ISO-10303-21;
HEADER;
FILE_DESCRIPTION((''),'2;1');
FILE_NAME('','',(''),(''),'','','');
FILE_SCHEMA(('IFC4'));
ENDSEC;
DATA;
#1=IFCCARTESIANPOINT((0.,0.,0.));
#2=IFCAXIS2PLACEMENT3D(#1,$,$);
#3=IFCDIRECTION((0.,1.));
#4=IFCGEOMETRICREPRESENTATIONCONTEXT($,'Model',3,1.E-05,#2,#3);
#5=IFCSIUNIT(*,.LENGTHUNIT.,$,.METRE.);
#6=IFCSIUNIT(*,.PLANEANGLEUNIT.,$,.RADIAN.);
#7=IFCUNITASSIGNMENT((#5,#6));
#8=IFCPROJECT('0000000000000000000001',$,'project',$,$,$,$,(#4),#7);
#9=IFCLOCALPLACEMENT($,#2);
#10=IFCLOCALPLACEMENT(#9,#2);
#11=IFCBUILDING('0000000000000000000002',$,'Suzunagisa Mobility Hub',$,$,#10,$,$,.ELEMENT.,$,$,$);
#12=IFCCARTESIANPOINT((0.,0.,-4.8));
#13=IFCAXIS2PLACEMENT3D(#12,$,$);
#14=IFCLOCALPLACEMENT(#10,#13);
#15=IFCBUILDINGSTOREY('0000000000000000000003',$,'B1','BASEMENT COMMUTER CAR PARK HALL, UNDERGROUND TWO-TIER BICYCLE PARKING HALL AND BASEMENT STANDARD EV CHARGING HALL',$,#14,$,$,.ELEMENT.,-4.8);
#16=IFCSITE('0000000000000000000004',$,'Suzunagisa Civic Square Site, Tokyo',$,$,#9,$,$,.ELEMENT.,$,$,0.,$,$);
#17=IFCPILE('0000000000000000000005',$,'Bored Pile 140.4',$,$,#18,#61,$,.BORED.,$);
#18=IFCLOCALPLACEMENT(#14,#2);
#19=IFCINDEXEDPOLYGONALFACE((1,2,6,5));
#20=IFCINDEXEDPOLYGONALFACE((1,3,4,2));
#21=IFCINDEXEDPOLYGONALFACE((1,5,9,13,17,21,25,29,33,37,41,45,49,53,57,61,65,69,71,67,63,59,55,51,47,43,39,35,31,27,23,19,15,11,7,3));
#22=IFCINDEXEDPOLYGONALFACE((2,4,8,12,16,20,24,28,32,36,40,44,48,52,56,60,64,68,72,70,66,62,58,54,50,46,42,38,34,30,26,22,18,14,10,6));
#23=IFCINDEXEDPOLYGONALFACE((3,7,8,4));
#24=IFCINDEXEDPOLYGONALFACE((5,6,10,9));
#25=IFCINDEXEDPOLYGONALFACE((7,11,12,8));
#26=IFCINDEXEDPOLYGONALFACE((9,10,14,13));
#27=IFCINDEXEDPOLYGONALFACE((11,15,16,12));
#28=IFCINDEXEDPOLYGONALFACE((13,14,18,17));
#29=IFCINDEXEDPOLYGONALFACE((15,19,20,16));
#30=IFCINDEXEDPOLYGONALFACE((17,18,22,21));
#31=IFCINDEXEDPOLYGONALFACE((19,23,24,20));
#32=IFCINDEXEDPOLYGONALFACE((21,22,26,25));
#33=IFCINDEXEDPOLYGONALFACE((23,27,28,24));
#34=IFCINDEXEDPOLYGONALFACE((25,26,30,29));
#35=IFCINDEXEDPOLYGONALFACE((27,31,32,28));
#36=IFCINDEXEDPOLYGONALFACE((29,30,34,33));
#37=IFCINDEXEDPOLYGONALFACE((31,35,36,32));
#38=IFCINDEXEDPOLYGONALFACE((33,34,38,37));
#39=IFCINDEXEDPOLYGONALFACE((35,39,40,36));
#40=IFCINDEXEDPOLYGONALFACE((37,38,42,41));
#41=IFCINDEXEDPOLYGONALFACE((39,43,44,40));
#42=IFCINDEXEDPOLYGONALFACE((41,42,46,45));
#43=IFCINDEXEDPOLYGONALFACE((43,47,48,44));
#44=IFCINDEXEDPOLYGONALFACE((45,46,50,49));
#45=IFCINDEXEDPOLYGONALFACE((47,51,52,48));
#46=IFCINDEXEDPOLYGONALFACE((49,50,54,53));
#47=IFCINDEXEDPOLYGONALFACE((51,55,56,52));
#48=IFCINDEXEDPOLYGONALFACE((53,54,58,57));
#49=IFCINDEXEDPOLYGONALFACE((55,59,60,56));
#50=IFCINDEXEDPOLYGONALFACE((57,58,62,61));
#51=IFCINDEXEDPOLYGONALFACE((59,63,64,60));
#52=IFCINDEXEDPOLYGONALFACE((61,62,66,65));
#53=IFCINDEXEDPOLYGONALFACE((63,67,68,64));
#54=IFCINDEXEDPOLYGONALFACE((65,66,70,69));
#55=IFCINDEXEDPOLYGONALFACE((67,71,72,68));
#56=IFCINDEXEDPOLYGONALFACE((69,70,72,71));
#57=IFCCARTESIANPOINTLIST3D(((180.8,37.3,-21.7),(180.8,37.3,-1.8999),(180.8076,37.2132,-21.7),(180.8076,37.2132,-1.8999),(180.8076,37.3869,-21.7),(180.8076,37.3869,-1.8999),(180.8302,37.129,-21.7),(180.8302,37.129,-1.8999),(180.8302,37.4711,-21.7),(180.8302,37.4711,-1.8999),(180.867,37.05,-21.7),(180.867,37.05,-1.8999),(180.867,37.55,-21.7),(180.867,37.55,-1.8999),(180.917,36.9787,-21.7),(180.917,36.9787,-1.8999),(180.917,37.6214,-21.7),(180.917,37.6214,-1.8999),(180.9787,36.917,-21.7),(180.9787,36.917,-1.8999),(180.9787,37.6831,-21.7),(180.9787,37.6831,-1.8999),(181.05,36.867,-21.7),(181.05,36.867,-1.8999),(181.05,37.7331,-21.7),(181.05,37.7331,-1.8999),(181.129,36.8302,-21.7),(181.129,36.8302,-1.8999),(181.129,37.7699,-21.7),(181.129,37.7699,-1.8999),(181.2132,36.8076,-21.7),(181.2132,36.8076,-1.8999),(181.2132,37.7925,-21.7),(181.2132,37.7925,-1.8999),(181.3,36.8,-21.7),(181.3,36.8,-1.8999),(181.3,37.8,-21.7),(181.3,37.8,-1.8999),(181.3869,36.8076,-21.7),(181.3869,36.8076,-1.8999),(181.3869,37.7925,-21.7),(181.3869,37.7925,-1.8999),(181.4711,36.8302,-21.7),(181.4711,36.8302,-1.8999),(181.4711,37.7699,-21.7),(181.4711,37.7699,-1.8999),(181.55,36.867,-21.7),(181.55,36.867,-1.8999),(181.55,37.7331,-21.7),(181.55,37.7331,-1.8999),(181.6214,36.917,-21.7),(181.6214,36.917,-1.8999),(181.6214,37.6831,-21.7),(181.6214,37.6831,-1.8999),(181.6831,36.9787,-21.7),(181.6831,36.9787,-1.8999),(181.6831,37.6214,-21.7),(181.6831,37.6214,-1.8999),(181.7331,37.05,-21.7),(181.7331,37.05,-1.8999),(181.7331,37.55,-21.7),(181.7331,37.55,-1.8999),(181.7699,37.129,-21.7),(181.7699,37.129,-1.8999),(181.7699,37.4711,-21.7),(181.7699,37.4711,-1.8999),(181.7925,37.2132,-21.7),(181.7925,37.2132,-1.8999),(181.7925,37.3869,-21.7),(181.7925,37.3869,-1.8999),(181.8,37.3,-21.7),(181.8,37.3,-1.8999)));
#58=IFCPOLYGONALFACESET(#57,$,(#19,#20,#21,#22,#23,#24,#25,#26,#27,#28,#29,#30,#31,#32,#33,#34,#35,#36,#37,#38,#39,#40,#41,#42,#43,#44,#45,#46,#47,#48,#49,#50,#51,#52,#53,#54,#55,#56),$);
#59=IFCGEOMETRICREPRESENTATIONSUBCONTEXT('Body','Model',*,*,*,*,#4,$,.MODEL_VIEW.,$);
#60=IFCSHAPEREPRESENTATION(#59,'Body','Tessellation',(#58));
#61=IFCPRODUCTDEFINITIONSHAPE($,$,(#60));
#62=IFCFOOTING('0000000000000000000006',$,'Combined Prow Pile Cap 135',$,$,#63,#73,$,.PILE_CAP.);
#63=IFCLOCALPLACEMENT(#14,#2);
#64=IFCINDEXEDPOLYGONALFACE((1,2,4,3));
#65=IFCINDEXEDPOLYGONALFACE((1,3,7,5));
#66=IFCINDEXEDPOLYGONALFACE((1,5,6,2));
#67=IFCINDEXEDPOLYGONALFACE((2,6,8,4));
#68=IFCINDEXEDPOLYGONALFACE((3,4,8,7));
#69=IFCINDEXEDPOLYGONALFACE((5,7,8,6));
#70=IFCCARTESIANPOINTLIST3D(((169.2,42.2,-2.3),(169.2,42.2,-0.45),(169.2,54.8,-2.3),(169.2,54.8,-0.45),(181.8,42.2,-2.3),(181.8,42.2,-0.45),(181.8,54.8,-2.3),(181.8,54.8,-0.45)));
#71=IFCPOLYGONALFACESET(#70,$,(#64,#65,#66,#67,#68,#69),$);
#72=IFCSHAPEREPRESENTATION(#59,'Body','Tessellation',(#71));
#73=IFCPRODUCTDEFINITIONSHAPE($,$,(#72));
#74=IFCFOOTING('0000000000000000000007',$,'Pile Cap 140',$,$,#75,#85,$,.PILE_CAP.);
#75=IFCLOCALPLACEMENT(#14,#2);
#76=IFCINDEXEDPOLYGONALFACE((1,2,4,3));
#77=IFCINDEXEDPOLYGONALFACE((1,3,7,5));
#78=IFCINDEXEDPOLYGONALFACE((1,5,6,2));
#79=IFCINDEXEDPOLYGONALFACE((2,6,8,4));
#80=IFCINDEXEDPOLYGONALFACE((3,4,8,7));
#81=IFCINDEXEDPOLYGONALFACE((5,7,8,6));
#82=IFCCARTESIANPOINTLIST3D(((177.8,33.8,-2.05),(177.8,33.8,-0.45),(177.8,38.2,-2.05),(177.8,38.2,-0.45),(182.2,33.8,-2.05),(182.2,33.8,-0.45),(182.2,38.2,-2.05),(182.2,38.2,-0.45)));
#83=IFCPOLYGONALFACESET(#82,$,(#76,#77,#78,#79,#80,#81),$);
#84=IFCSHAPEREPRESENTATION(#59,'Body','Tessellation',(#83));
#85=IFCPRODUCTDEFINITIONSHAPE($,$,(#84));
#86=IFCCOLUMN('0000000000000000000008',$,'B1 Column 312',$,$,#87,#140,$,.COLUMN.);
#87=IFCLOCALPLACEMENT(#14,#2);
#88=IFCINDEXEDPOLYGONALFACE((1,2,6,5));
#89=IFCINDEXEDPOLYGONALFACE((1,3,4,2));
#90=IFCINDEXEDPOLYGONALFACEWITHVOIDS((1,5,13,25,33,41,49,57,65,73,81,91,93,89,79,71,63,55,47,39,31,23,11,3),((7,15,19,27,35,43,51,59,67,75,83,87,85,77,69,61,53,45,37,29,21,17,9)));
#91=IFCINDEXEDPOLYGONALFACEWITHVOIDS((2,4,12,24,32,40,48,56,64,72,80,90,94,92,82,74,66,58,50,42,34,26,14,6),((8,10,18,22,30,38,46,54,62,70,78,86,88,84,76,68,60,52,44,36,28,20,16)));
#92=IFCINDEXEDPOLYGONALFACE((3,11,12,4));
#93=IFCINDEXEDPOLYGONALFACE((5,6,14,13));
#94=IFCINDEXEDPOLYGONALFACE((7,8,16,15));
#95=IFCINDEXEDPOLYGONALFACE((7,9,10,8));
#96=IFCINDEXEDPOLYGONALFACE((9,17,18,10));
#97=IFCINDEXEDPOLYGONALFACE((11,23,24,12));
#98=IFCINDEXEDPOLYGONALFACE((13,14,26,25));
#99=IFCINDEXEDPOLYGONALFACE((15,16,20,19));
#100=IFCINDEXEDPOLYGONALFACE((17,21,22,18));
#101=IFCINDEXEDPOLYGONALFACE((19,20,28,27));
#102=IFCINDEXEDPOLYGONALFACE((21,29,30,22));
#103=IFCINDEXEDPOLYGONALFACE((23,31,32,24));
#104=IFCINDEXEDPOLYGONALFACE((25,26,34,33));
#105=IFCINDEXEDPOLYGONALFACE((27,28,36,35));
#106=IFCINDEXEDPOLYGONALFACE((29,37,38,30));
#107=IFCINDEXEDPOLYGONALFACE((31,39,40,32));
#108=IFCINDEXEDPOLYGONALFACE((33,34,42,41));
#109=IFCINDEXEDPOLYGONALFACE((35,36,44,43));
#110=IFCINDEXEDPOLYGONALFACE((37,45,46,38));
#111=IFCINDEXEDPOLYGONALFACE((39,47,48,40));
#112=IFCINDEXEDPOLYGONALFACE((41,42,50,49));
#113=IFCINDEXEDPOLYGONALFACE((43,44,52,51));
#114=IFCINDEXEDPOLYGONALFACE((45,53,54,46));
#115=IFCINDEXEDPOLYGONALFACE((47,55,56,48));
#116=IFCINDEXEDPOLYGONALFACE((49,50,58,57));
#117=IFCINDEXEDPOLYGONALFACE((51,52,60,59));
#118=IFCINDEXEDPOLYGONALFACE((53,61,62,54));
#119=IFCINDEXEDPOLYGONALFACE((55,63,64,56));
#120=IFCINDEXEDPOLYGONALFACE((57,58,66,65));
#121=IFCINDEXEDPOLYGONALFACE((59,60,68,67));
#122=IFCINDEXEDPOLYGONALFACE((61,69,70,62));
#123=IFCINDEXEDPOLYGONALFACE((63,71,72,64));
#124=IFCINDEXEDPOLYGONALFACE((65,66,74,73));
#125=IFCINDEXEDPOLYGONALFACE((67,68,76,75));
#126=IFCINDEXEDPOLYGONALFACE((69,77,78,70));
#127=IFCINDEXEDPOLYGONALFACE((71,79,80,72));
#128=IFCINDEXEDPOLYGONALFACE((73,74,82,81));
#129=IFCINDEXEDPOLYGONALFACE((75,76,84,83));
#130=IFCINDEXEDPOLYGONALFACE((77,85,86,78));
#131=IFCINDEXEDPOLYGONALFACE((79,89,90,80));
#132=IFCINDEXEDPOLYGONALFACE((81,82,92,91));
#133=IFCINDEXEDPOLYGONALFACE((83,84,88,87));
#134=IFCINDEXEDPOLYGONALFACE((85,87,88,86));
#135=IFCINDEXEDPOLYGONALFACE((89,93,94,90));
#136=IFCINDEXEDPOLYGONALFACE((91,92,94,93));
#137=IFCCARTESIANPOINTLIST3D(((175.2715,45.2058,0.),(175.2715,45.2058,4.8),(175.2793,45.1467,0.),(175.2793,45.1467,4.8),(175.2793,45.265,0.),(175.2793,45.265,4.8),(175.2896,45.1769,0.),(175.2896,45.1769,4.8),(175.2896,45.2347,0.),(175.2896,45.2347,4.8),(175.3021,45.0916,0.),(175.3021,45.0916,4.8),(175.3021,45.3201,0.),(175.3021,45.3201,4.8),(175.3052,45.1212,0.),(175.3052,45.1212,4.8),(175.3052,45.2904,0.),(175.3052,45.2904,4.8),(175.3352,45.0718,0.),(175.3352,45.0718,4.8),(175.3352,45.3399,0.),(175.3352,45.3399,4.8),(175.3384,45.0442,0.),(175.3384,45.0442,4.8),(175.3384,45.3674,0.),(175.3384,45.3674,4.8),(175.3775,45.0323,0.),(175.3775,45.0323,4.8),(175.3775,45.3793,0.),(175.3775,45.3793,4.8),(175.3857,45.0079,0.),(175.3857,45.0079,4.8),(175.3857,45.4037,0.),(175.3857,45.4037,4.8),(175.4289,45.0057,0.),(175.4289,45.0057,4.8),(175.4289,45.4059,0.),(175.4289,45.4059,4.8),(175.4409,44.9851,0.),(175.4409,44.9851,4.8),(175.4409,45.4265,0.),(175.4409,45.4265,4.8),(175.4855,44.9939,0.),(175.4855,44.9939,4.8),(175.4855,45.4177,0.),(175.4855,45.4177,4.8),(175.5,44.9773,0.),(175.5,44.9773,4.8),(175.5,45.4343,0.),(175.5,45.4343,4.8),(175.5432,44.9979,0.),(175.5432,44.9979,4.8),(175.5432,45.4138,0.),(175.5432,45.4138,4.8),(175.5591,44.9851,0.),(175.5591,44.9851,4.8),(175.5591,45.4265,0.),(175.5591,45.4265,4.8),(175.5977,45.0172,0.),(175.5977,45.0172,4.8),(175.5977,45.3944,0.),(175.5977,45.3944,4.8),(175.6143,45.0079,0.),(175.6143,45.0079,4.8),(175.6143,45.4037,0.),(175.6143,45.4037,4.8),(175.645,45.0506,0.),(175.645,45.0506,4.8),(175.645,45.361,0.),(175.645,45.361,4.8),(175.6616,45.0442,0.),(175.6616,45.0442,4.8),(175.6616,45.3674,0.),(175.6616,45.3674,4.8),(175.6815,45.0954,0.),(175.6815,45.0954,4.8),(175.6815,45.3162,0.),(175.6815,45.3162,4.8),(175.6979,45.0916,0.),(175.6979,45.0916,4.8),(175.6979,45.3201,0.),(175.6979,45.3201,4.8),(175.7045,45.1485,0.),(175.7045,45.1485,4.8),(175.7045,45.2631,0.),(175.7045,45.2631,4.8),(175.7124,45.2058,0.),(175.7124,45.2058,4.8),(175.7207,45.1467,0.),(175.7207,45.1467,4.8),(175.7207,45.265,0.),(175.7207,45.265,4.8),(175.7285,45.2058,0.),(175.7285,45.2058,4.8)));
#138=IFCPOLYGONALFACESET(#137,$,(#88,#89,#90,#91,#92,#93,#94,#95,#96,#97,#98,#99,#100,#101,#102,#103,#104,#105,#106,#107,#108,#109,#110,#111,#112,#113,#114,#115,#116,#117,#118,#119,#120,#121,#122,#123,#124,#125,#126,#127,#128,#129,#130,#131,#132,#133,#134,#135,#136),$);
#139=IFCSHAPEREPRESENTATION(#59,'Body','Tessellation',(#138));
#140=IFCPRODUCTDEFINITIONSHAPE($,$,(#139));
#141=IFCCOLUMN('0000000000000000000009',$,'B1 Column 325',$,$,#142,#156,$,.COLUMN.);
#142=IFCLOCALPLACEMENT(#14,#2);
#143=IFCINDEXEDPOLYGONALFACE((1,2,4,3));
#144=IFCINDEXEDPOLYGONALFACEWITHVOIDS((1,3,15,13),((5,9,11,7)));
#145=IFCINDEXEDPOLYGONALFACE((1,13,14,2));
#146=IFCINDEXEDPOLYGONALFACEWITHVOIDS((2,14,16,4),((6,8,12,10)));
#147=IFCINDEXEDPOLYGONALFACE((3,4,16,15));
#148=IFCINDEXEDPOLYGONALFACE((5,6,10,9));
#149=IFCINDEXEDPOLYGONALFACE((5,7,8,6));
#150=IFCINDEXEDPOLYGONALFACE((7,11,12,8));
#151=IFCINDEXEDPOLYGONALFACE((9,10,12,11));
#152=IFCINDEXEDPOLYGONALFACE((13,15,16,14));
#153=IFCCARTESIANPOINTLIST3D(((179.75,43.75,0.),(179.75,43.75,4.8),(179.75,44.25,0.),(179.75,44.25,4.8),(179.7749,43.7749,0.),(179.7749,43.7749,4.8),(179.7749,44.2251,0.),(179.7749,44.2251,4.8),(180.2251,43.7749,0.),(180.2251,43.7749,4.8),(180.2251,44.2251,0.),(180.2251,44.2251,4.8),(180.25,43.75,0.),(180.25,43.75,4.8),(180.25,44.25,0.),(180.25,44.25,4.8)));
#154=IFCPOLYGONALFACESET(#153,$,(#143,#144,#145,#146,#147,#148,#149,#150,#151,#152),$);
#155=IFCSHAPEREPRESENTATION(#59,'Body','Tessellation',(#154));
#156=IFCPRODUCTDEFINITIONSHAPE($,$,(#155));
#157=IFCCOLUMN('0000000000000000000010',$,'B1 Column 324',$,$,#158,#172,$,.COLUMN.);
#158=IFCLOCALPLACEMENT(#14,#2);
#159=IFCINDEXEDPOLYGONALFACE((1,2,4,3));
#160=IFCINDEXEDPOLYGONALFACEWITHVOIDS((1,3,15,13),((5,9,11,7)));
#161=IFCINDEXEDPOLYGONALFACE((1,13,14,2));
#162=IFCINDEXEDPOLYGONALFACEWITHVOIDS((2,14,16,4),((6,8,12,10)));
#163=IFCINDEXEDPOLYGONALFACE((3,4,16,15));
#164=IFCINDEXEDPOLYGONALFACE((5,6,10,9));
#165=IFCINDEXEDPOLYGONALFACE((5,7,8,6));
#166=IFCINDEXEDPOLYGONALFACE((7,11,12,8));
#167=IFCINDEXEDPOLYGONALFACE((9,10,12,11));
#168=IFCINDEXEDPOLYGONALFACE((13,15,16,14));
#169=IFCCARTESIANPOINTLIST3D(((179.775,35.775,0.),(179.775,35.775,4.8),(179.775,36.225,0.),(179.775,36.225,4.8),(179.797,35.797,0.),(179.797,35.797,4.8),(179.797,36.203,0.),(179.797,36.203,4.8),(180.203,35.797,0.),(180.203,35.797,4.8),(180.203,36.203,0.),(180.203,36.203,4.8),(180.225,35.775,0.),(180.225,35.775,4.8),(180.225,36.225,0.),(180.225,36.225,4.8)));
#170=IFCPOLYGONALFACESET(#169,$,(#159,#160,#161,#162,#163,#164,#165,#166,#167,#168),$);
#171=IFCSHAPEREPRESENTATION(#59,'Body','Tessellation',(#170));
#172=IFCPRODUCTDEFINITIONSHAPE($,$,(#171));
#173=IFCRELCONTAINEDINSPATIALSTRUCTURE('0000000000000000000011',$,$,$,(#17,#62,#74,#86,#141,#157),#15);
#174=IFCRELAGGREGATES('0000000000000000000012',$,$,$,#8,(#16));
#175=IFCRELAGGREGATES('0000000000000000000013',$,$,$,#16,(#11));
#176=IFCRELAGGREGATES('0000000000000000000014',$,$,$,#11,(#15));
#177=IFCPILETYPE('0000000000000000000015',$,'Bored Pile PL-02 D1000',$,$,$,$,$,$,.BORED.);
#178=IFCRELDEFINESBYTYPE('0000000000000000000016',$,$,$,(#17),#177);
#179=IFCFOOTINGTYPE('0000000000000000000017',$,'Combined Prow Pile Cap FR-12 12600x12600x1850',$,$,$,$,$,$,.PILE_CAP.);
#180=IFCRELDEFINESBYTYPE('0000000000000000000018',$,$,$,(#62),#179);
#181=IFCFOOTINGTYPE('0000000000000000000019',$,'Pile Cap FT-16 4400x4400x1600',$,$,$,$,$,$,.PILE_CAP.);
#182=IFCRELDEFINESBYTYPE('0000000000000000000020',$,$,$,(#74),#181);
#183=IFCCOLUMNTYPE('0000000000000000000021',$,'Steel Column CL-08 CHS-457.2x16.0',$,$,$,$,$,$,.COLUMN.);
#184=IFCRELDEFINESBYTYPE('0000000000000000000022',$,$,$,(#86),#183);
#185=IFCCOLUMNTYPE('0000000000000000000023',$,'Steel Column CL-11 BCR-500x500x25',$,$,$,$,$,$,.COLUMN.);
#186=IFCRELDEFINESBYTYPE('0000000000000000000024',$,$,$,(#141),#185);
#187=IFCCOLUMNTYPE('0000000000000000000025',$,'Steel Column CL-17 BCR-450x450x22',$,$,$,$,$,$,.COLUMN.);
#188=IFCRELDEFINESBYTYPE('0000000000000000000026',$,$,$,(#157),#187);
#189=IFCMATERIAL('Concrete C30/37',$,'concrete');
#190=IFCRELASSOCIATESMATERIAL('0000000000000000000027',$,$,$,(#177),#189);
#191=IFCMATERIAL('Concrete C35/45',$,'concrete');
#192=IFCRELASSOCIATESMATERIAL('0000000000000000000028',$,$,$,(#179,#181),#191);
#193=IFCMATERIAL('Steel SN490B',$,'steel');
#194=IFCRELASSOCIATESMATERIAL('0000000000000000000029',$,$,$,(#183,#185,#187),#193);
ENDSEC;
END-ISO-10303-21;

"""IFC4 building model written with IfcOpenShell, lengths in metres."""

from ifc_helpers import new_model, si_unit, direction, frame, origin, origin_2d, place, context, subcontext, project, spatial, rectangle, hollow_rectangle, circle, hollow_circle, extrude, material, material_profile, profile_set, type_object, element, save


model = new_model("IFC4")

# Units and contexts
model_context = context("Model", 3, precision=1e-05, world=origin(), true_north=direction((0.0, 1.0)))
body_context = subcontext(model_context, "Body", "Model", "MODEL_VIEW")
ifc_project = project(units=[si_unit("LENGTHUNIT", "METRE"), si_unit("PLANEANGLEUNIT", "RADIAN")], contexts=[model_context])

# Site, building, storey
site_placement = place(None, origin())
site = spatial("IfcSite", under=ifc_project, at=site_placement, Name="Suzunagisa Civic Square Site, Tokyo", CompositionType="ELEMENT", RefElevation=0.0)
building_placement = place(site_placement, origin())
building = spatial("IfcBuilding", under=site, at=building_placement, Name="Suzunagisa Mobility Hub", CompositionType="ELEMENT")
storey_placement = place(building_placement, frame((0.0, 0.0, -4.8)))
storey = spatial("IfcBuildingStorey", under=building, at=storey_placement, Name="B1", Description="BASEMENT COMMUTER CAR PARK HALL, UNDERGROUND TWO-TIER BICYCLE PARKING HALL AND BASEMENT STANDARD EV CHARGING HALL", CompositionType="ELEMENT", Elevation=-4.8)

# Pile
ifc_material_1 = material(Name="Concrete C30/37", Category="concrete")
ifc_material_profile_1 = material_profile(ifc_material_1, circle(Radius=0.5, at=origin_2d()), Name="BORED PILE D1000")
ifc_profile_set_1 = profile_set([ifc_material_profile_1], Name="Concrete C30/37")
pile_type_1 = type_object("IfcPileType", Name="Bored Pile PL-02 D1000", PredefinedType="BORED", material=ifc_profile_set_1)
for number, where, z_axis, x_axis, name in (
    (1, (181.3, 37.3, -1.8999), (0.0, 0.0, -1.0), (1.0, 0.0, 0.0), "Bored Pile 140.4"),
):
    element("IfcPile", number, at=place(storey_placement, frame(where, z_axis=z_axis, x_axis=x_axis)), inside=storey, type_object=pile_type_1, Name=name, PredefinedType="BORED", context=body_context, shape_type="SweptSolid", body=[
        extrude(circle(Radius=0.5, at=origin_2d()), origin(), (0.0, 0.0, 1.0), 19.8),
    ])

# Footings
ifc_material_2 = material(Name="Concrete C35/45", Category="concrete")
footing_type_1 = type_object("IfcFootingType", Name="Combined Prow Pile Cap FR-12 12600x12600x1850", PredefinedType="PILE_CAP", material=ifc_material_2)
footing_1_placement = place(storey_placement, frame((175.5, 48.5, -2.3), z_axis=(0.0, 0.0, 1.0), x_axis=(1.0, 0.0, 0.0)))
element("IfcFooting", 2, at=footing_1_placement, inside=storey, type_object=footing_type_1, Name="Combined Prow Pile Cap 135", PredefinedType="PILE_CAP", context=body_context, shape_type="SweptSolid", body=[
    extrude(rectangle(XDim=12.6001, YDim=12.6001, at=origin_2d()), origin(), (0.0, 0.0, 1.0), 1.8501),
])
footing_type_2 = type_object("IfcFootingType", Name="Pile Cap FT-16 4400x4400x1600", PredefinedType="PILE_CAP", material=ifc_material_2)
footing_2_placement = place(storey_placement, frame((180.0, 36.0, -2.05), z_axis=(0.0, 0.0, 1.0), x_axis=(1.0, 0.0, 0.0)))
element("IfcFooting", 3, at=footing_2_placement, inside=storey, type_object=footing_type_2, Name="Pile Cap 140", PredefinedType="PILE_CAP", context=body_context, shape_type="SweptSolid", body=[
    extrude(rectangle(XDim=4.3999, YDim=4.3999, at=origin_2d()), origin(), (0.0, 0.0, 1.0), 1.6001),
])

# Columns
ifc_material_3 = material(Name="Steel SN490B", Category="steel")
ifc_material_profile_2 = material_profile(ifc_material_3, hollow_circle(Radius=0.2285, WallThickness=0.0161, at=origin_2d()), Name="CHS-457.2x16.0")
ifc_profile_set_2 = profile_set([ifc_material_profile_2], Name="Steel SN490B")
column_type_1 = type_object("IfcColumnType", Name="Steel Column CL-08 CHS-457.2x16.0", PredefinedType="COLUMN", material=ifc_profile_set_2)
column_1_placement = place(storey_placement, frame((175.5, 45.2058, 0.0), z_axis=(0.0, 0.0, 1.0), x_axis=(1.0, 0.0, 0.0)))
element("IfcColumn", 4, at=column_1_placement, inside=storey, type_object=column_type_1, Name="B1 Column 312", PredefinedType="COLUMN", context=body_context, shape_type="SweptSolid", body=[
    extrude(hollow_circle(Radius=0.2285, WallThickness=0.0161, at=origin_2d()), origin(), (0.0, 0.0, 1.0), 4.8),
])
ifc_material_profile_3 = material_profile(ifc_material_3, hollow_rectangle(XDim=0.5, YDim=0.5, WallThickness=0.0249, at=origin_2d()), Name="BCR-500x500x25")
ifc_profile_set_3 = profile_set([ifc_material_profile_3], Name="Steel SN490B")
column_type_2 = type_object("IfcColumnType", Name="Steel Column CL-11 BCR-500x500x25", PredefinedType="COLUMN", material=ifc_profile_set_3)
column_2_placement = place(storey_placement, frame((180.0, 44.0, 0.0), z_axis=(0.0, 0.0, 1.0), x_axis=(1.0, 0.0, 0.0)))
element("IfcColumn", 5, at=column_2_placement, inside=storey, type_object=column_type_2, Name="B1 Column 325", PredefinedType="COLUMN", context=body_context, shape_type="SweptSolid", body=[
    extrude(hollow_rectangle(XDim=0.5, YDim=0.5, WallThickness=0.0249, at=origin_2d()), origin(), (0.0, 0.0, 1.0), 4.8),
])
ifc_material_profile_4 = material_profile(ifc_material_3, hollow_rectangle(XDim=0.45, YDim=0.45, WallThickness=0.022, at=origin_2d()), Name="BCR-450x450x22")
ifc_profile_set_4 = profile_set([ifc_material_profile_4], Name="Steel SN490B")
column_type_3 = type_object("IfcColumnType", Name="Steel Column CL-17 BCR-450x450x22", PredefinedType="COLUMN", material=ifc_profile_set_4)
column_3_placement = place(storey_placement, frame((180.0, 36.0, 0.0), z_axis=(0.0, 0.0, 1.0), x_axis=(1.0, 0.0, 0.0)))
element("IfcColumn", 6, at=column_3_placement, inside=storey, type_object=column_type_3, Name="B1 Column 324", PredefinedType="COLUMN", context=body_context, shape_type="SweptSolid", body=[
    extrude(hollow_rectangle(XDim=0.45, YDim=0.45, WallThickness=0.022, at=origin_2d()), origin(), (0.0, 0.0, 1.0), 4.8),
])

save(model, "model.ifc")
